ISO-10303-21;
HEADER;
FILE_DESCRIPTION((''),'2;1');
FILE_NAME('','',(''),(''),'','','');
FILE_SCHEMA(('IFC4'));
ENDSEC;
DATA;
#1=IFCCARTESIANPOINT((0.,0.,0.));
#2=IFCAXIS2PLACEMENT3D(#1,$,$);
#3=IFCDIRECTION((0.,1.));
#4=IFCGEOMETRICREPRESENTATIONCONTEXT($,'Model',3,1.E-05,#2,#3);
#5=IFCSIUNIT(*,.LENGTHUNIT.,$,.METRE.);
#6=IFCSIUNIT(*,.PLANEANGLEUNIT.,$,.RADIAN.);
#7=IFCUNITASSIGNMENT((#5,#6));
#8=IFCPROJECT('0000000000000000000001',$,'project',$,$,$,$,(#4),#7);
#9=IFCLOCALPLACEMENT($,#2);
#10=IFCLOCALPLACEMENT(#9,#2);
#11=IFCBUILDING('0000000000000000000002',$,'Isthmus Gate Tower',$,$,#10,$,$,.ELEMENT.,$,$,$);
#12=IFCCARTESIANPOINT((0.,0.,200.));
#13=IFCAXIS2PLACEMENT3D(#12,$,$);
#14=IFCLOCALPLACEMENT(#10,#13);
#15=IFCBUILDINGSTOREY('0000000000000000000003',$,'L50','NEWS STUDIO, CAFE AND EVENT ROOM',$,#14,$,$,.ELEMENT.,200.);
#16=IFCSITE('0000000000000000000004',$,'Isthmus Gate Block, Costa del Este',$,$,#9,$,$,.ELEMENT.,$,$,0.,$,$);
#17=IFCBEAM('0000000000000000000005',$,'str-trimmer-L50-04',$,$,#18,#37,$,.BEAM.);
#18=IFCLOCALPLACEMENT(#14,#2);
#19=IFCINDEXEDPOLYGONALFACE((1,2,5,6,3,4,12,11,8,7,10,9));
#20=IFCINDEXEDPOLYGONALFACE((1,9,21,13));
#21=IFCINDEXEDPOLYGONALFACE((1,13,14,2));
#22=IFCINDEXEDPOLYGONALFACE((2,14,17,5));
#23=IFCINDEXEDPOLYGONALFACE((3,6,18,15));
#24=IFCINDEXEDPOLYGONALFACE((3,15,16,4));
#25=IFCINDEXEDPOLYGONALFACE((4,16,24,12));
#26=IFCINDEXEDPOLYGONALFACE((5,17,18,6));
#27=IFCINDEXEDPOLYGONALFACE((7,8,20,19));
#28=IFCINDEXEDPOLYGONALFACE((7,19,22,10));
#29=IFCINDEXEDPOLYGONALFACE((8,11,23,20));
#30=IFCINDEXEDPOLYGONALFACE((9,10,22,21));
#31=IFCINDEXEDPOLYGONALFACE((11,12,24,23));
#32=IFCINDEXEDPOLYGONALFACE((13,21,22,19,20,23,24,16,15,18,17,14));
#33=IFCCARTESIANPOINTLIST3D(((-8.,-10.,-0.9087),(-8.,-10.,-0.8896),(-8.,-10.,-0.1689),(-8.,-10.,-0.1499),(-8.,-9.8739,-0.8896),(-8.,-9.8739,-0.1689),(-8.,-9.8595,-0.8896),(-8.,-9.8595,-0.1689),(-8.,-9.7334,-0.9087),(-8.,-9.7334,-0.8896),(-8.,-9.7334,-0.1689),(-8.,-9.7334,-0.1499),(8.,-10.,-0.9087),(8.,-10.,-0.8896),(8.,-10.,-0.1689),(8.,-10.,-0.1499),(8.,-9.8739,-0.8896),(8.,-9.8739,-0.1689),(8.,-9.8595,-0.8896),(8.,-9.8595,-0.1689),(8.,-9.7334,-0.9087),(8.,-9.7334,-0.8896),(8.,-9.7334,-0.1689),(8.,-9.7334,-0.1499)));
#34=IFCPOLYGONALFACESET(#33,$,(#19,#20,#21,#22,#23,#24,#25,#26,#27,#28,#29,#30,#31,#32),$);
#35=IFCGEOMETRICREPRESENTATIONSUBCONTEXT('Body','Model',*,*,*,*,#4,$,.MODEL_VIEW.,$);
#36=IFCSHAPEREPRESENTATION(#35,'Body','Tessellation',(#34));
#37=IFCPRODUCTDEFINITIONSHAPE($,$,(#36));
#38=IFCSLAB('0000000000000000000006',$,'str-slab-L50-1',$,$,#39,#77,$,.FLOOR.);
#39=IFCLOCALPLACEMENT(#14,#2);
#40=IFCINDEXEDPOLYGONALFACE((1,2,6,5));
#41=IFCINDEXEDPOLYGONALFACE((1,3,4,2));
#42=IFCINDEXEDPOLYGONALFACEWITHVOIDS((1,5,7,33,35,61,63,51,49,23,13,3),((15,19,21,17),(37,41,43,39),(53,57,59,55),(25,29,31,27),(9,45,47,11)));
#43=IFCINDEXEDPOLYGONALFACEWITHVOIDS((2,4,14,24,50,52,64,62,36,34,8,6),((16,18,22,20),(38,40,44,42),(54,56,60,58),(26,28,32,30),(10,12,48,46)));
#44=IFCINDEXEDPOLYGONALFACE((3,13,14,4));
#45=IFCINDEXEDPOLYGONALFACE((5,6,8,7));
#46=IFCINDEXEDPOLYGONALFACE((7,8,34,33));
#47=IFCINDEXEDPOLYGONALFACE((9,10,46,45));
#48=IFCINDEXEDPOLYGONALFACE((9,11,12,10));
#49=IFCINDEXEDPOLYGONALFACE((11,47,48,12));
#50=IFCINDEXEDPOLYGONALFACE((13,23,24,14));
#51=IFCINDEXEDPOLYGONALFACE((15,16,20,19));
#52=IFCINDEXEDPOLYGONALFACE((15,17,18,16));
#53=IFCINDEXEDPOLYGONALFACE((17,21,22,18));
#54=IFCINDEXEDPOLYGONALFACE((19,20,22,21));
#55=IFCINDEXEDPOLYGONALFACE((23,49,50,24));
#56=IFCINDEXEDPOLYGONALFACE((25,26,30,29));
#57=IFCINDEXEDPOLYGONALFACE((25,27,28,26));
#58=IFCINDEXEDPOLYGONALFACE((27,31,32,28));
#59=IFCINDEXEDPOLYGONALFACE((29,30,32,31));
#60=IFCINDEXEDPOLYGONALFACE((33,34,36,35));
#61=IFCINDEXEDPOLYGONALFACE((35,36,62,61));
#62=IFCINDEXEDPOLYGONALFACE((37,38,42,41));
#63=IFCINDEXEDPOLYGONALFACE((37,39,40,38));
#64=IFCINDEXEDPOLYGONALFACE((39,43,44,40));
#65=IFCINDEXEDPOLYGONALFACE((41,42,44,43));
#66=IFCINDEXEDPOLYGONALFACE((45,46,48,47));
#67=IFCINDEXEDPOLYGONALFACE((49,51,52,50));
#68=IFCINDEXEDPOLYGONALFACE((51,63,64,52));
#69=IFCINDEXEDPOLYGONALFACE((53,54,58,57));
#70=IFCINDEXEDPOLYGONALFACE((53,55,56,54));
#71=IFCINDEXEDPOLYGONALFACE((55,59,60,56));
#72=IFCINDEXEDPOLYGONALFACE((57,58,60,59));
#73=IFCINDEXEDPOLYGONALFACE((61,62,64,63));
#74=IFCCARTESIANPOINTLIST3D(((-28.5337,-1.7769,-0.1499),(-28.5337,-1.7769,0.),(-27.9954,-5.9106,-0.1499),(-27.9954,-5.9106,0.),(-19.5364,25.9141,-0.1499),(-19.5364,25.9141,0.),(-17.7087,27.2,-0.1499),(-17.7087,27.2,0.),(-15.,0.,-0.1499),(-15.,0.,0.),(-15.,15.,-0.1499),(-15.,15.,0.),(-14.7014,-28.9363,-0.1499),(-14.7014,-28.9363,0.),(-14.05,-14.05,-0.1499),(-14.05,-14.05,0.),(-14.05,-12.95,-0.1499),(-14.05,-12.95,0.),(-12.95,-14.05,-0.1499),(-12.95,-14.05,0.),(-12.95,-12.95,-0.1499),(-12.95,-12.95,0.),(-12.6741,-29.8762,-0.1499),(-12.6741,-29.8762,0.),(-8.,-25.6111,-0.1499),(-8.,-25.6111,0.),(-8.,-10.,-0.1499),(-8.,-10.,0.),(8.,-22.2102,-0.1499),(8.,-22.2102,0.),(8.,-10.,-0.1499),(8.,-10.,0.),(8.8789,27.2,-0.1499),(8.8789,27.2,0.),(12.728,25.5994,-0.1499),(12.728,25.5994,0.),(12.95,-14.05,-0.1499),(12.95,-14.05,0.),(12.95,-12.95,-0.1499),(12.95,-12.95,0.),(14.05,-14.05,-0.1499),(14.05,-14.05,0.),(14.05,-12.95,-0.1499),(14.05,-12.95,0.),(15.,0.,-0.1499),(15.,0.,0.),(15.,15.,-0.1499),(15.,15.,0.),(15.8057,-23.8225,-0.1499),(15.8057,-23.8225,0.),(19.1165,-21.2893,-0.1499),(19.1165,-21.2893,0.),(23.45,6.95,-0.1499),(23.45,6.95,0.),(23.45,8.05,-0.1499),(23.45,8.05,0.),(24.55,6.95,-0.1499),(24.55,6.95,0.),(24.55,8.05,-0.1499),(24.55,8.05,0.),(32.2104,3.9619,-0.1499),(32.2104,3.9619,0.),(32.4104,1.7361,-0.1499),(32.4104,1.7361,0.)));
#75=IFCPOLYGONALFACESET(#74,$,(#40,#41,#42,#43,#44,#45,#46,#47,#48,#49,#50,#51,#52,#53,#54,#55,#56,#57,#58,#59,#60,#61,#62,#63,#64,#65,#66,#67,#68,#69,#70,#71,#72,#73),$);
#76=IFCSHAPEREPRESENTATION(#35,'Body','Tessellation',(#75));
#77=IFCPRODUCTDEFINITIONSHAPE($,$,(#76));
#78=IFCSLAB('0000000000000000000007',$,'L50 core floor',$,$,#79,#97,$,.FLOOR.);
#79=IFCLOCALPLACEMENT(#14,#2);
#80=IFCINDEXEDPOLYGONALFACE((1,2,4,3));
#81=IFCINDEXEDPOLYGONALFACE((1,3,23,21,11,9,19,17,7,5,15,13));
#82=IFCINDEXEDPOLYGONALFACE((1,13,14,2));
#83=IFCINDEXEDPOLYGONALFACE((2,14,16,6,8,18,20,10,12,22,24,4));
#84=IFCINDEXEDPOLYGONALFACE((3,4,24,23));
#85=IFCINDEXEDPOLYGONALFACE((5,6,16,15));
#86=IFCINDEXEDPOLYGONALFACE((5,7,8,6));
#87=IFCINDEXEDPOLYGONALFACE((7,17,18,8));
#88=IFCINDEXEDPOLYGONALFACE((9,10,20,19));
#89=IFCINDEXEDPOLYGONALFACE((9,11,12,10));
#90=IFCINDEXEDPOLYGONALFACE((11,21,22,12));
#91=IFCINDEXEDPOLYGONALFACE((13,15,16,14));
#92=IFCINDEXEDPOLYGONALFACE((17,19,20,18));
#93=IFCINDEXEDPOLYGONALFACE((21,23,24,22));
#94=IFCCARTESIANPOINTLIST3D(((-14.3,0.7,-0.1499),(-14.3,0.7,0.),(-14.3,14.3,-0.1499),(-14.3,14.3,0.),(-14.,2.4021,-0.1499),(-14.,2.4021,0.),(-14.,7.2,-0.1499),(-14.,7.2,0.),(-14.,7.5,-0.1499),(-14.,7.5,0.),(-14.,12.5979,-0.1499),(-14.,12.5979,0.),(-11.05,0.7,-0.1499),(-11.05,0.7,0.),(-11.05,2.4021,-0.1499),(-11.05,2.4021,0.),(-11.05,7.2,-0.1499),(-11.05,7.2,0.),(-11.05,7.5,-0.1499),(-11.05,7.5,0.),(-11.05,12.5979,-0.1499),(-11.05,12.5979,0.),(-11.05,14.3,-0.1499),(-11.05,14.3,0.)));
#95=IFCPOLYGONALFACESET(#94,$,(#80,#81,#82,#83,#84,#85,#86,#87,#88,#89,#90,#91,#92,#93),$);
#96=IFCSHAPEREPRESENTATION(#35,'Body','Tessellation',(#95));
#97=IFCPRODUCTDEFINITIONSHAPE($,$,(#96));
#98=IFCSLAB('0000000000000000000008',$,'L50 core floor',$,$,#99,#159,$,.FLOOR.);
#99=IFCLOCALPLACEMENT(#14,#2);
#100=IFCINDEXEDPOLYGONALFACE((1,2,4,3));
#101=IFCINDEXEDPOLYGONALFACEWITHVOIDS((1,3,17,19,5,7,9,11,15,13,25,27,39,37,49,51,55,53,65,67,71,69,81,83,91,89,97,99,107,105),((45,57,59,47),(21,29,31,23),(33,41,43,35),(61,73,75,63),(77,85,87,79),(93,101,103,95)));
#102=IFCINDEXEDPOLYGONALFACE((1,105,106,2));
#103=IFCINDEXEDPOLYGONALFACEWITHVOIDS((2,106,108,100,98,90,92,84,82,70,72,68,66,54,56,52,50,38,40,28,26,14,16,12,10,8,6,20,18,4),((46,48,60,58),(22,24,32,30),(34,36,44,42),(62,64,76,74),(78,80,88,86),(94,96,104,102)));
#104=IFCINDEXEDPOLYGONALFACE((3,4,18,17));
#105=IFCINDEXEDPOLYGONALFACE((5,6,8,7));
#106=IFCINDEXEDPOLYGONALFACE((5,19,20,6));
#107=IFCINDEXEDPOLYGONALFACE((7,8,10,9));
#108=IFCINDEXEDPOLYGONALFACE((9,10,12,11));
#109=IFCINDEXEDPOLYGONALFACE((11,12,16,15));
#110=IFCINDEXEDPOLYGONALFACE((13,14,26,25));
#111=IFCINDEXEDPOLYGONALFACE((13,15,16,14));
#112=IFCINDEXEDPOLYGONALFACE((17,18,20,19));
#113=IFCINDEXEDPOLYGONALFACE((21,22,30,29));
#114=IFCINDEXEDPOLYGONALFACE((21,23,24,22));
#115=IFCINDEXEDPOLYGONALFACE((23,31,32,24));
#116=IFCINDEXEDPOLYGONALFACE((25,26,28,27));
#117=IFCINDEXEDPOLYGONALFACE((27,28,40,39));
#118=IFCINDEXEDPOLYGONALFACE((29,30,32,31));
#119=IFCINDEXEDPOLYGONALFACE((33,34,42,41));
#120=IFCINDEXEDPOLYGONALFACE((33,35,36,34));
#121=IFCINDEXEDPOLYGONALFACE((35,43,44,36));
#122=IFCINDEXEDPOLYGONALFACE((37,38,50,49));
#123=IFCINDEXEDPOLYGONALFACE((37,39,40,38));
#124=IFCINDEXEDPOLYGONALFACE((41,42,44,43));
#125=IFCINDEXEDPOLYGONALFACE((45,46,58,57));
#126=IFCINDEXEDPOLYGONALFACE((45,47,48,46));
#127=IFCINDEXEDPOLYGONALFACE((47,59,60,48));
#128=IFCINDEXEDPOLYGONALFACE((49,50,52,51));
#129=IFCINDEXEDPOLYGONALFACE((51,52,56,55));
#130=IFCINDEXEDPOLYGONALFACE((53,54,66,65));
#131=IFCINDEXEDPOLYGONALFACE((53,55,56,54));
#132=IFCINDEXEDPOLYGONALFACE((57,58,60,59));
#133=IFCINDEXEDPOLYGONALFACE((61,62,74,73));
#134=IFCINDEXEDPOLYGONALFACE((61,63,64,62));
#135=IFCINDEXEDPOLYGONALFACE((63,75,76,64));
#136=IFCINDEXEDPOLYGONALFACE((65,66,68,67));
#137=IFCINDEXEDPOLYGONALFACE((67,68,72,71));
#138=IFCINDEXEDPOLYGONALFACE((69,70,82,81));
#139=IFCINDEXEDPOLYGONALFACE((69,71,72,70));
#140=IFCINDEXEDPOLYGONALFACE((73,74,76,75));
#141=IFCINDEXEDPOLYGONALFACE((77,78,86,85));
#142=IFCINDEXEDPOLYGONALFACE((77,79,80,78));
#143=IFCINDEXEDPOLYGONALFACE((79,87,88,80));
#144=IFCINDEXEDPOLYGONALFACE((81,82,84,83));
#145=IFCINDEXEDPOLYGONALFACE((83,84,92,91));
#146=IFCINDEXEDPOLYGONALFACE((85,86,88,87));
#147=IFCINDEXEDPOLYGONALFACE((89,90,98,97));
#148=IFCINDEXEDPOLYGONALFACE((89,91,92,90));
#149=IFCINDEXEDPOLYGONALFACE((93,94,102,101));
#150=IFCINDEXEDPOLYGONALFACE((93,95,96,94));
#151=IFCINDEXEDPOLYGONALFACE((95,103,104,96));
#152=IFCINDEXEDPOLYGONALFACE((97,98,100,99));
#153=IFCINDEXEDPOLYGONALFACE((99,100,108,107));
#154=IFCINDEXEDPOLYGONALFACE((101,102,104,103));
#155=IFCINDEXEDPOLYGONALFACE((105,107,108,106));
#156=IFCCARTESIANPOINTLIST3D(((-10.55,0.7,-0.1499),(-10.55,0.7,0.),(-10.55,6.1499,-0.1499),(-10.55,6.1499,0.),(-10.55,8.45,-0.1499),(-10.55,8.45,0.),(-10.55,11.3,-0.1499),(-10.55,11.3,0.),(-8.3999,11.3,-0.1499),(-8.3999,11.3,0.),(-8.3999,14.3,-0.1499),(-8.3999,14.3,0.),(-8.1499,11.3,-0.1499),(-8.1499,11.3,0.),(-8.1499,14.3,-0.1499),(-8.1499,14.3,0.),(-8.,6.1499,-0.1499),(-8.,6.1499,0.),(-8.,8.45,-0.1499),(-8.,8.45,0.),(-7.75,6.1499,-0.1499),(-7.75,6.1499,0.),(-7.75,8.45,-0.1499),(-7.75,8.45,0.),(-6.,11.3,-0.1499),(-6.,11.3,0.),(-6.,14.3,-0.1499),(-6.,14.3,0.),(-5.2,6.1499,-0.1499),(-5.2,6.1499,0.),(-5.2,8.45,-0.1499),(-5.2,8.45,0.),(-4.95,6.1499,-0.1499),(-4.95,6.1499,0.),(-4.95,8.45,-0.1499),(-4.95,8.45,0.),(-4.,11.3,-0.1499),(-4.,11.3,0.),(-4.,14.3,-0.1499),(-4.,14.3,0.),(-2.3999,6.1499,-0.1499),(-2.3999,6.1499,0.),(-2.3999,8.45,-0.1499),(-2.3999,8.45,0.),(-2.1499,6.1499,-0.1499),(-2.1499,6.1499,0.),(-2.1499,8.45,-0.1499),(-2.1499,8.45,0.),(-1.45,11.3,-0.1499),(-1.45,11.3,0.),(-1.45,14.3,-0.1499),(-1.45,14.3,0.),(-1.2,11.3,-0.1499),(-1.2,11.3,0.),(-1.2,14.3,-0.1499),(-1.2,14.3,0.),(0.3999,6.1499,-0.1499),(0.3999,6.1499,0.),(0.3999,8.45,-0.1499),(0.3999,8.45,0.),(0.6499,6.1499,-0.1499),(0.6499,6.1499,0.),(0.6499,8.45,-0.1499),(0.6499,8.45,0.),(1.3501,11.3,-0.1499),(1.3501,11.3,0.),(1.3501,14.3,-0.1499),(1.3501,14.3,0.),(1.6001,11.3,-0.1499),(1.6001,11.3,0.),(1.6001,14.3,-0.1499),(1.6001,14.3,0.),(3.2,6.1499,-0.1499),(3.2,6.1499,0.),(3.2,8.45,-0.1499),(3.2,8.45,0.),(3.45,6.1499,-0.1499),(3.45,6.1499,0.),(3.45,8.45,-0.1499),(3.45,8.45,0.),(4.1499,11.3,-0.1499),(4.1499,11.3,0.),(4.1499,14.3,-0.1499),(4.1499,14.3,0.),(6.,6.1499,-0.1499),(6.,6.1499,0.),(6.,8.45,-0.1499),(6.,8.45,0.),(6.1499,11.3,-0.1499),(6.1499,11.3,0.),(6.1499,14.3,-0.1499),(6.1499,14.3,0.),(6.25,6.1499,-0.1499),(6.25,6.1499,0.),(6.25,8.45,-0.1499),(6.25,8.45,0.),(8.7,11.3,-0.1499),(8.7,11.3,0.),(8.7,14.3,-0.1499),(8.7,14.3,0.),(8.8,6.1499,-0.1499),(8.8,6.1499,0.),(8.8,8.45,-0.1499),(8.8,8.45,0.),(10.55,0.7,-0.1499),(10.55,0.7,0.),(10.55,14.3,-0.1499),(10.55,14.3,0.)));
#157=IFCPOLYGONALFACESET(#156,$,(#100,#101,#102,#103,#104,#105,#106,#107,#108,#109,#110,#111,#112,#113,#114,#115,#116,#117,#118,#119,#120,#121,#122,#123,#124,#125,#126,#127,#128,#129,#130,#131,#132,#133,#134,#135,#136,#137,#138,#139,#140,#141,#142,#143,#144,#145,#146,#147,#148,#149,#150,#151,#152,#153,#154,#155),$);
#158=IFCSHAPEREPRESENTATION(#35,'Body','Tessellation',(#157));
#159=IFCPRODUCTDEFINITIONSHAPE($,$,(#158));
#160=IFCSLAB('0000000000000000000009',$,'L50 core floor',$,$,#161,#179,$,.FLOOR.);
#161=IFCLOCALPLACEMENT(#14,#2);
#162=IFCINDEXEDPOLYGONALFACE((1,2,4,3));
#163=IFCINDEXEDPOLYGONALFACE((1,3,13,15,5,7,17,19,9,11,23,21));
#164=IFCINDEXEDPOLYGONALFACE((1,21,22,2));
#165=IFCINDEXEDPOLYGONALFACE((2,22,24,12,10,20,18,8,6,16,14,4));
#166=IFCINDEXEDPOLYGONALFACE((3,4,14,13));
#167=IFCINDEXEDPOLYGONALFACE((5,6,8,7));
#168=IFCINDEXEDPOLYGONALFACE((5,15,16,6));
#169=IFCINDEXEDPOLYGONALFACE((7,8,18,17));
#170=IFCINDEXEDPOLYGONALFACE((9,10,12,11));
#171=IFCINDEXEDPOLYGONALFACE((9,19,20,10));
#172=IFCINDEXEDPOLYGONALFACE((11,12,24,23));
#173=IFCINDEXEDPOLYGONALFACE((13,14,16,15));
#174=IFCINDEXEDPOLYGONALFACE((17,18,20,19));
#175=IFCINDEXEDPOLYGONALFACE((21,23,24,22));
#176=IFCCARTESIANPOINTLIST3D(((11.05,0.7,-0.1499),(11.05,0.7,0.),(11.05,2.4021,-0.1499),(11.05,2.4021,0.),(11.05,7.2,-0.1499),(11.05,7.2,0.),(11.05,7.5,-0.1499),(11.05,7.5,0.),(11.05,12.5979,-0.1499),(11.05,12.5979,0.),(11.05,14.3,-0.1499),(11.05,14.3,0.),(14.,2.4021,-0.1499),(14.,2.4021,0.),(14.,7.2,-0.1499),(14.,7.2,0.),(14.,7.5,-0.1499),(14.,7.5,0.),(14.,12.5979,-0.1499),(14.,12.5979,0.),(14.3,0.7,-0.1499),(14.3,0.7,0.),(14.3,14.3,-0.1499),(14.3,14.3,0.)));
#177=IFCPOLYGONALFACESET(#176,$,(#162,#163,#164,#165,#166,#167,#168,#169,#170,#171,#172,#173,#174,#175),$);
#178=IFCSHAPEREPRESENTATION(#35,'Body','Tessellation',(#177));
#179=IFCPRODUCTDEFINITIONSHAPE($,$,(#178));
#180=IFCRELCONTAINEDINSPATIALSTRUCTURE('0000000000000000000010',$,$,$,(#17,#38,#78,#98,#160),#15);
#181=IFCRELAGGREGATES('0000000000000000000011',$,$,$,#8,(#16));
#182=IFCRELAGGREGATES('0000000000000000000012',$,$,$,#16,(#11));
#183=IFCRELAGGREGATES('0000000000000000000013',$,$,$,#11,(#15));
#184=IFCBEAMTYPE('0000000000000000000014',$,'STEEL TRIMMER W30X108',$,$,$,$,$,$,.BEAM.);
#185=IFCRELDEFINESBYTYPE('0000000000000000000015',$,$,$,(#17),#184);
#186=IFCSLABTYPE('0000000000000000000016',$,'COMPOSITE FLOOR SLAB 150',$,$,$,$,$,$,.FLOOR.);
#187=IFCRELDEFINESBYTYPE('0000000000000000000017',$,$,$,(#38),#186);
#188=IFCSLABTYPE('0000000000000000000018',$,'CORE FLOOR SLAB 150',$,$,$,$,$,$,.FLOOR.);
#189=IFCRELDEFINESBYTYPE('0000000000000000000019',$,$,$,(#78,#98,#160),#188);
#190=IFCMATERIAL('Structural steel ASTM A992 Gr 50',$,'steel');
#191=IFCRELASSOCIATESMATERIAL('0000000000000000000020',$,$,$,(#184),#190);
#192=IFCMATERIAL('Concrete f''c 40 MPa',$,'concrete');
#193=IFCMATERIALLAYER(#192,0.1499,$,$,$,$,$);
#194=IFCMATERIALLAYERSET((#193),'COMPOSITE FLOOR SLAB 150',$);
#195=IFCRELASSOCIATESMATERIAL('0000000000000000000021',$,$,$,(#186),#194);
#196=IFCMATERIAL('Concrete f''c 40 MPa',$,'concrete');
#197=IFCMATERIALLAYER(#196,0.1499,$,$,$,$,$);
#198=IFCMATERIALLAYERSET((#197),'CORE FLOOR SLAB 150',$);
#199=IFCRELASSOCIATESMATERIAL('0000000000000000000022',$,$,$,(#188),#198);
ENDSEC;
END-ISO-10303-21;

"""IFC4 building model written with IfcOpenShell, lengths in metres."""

from ifc_helpers import new_model, si_unit, direction, frame, origin, origin_2d, place, context, subcontext, project, spatial, polyline, i_section, outline, extrude, material, layer, layer_set, material_profile, profile_set, type_object, element, save


model = new_model("IFC4")

# Units and contexts
model_context = context("Model", 3, precision=1e-05, world=origin(), true_north=direction((0.0, 1.0)))
body_context = subcontext(model_context, "Body", "Model", "MODEL_VIEW")
ifc_project = project(units=[si_unit("LENGTHUNIT", "METRE"), si_unit("PLANEANGLEUNIT", "RADIAN")], contexts=[model_context])

# Site, building, storey
site_placement = place(None, origin())
site = spatial("IfcSite", under=ifc_project, at=site_placement, Name="Isthmus Gate Block, Costa del Este", CompositionType="ELEMENT", RefElevation=0.0)
building_placement = place(site_placement, origin())
building = spatial("IfcBuilding", under=site, at=building_placement, Name="Isthmus Gate Tower", CompositionType="ELEMENT")
storey_placement = place(building_placement, frame((0.0, 0.0, 200.0)))
storey = spatial("IfcBuildingStorey", under=building, at=storey_placement, Name="L50", Description="NEWS STUDIO, CAFE AND EVENT ROOM", CompositionType="ELEMENT", Elevation=200.0)

# Beam
ifc_material_1 = material(Name="Structural steel ASTM A992 Gr 50", Category="steel")
ifc_material_profile_1 = material_profile(ifc_material_1, i_section(OverallWidth=0.2666, OverallDepth=0.7588, WebThickness=0.0144, FlangeThickness=0.019, at=origin_2d()), Name="W30X108")
ifc_profile_set_1 = profile_set([ifc_material_profile_1], Name="Structural steel ASTM A992 Gr 50")
beam_type_1 = type_object("IfcBeamType", Name="STEEL TRIMMER W30X108", PredefinedType="BEAM", material=ifc_profile_set_1)
beam_1_placement = place(storey_placement, frame((8.0, -9.8667, -0.5293), z_axis=(-1.0, 0.0, 0.0), x_axis=(0.0, -1.0, 0.0)))
element("IfcBeam", 1, at=beam_1_placement, inside=storey, type_object=beam_type_1, Name="str-trimmer-L50-04", PredefinedType="BEAM", context=body_context, shape_type="SweptSolid", body=[
    extrude(i_section(OverallWidth=0.2666, OverallDepth=0.7588, WebThickness=0.0144, FlangeThickness=0.019, at=origin_2d()), origin(), (0.0, 0.0, 1.0), 16.0),
])

# Slabs
ifc_material_2 = material(Name="Concrete f'c 40 MPa", Category="concrete")
ifc_layer_1 = layer(ifc_material_2, 0.1499)
ifc_layer_set_1 = layer_set([ifc_layer_1], Name="COMPOSITE FLOOR SLAB 150")
slab_type_1 = type_object("IfcSlabType", Name="COMPOSITE FLOOR SLAB 150", PredefinedType="FLOOR", material=ifc_layer_set_1)
slab_1_placement = place(storey_placement, frame((0.0, 0.0, -0.1499)))
element("IfcSlab", 2, at=slab_1_placement, inside=storey, type_object=slab_type_1, Name="str-slab-L50-1", PredefinedType="FLOOR", context=body_context, shape_type="SweptSolid", body=[
    extrude(outline(polyline([(12.728, 25.5994), (32.2104, 3.9619), (32.4104, 1.7361), (19.1165, -21.2893), (15.8057, -23.8225), (-12.6741, -29.8762), (-14.7014, -28.9363), (-27.9954, -5.9106), (-28.5337, -1.7769), (-19.5364, 25.9141), (-17.7087, 27.2), (8.8789, 27.2), (12.728, 25.5994)]), holes=[polyline([(-8.0, -10.0), (-8.0, -25.6111), (8.0, -22.2102), (8.0, -10.0), (-8.0, -10.0)]), polyline([(-14.05, -12.95), (-14.05, -14.05), (-12.95, -14.05), (-12.95, -12.95), (-14.05, -12.95)]), polyline([(14.05, -12.95), (12.95, -12.95), (12.95, -14.05), (14.05, -14.05), (14.05, -12.95)]), polyline([(-15.0, 15.0), (-15.0, 0.0), (15.0, 0.0), (15.0, 15.0), (-15.0, 15.0)]), polyline([(24.55, 6.95), (24.55, 8.05), (23.45, 8.05), (23.45, 6.95), (24.55, 6.95)])]), origin(), (0.0, 0.0, 1.0), 0.1499),
])
ifc_material_3 = material(Name="Concrete f'c 40 MPa", Category="concrete")
ifc_layer_2 = layer(ifc_material_3, 0.1499)
ifc_layer_set_2 = layer_set([ifc_layer_2], Name="CORE FLOOR SLAB 150")
slab_type_2 = type_object("IfcSlabType", Name="CORE FLOOR SLAB 150", PredefinedType="FLOOR", material=ifc_layer_set_2)
slab_2_placement = place(storey_placement, frame((0.0, 0.0, -0.1499)))
element("IfcSlab", 3, at=slab_2_placement, inside=storey, type_object=slab_type_2, Name="L50 core floor", PredefinedType="FLOOR", context=body_context, shape_type="SweptSolid", body=[
    extrude(outline(polyline([(-11.05, 0.7), (-11.05, 2.4021), (-14.0, 2.4021), (-14.0, 7.2), (-11.05, 7.2), (-11.05, 7.5), (-14.0, 7.5), (-14.0, 12.5979), (-11.05, 12.5979), (-11.05, 14.3), (-14.3, 14.3), (-14.3, 0.7), (-11.05, 0.7)])), origin(), (0.0, 0.0, 1.0), 0.1499),
])
slab_3_placement = place(storey_placement, frame((0.0, 0.0, -0.1499)))
element("IfcSlab", 4, at=slab_3_placement, inside=storey, type_object=slab_type_2, Name="L50 core floor", PredefinedType="FLOOR", context=body_context, shape_type="SweptSolid", body=[
    extrude(outline(polyline([(10.55, 14.3), (8.7, 14.3), (8.7, 11.3), (6.1499, 11.3), (6.1499, 14.3), (4.1499, 14.3), (4.1499, 11.3), (1.6001, 11.3), (1.6001, 14.3), (1.3501, 14.3), (1.3501, 11.3), (-1.2, 11.3), (-1.2, 14.3), (-1.45, 14.3), (-1.45, 11.3), (-4.0, 11.3), (-4.0, 14.3), (-6.0, 14.3), (-6.0, 11.3), (-8.1499, 11.3), (-8.1499, 14.3), (-8.3999, 14.3), (-8.3999, 11.3), (-10.55, 11.3), (-10.55, 8.45), (-8.0, 8.45), (-8.0, 6.1499), (-10.55, 6.1499), (-10.55, 0.7), (10.55, 0.7), (10.55, 14.3)]), holes=[polyline([(-5.2, 8.45), (-5.2, 6.1499), (-7.75, 6.1499), (-7.75, 8.45), (-5.2, 8.45)]), polyline([(-2.3999, 8.45), (-2.3999, 6.1499), (-4.95, 6.1499), (-4.95, 8.45), (-2.3999, 8.45)]), polyline([(0.3999, 8.45), (0.3999, 6.1499), (-2.1499, 6.1499), (-2.1499, 8.45), (0.3999, 8.45)]), polyline([(3.2, 8.45), (3.2, 6.1499), (0.6499, 6.1499), (0.6499, 8.45), (3.2, 8.45)]), polyline([(6.0, 8.45), (6.0, 6.1499), (3.45, 6.1499), (3.45, 8.45), (6.0, 8.45)]), polyline([(8.8, 8.45), (8.8, 6.1499), (6.25, 6.1499), (6.25, 8.45), (8.8, 8.45)])]), origin(), (0.0, 0.0, 1.0), 0.1499),
])
slab_4_placement = place(storey_placement, frame((0.0, 0.0, -0.1499)))
element("IfcSlab", 5, at=slab_4_placement, inside=storey, type_object=slab_type_2, Name="L50 core floor", PredefinedType="FLOOR", context=body_context, shape_type="SweptSolid", body=[
    extrude(outline(polyline([(11.05, 14.3), (11.05, 12.5979), (14.0, 12.5979), (14.0, 7.5), (11.05, 7.5), (11.05, 7.2), (14.0, 7.2), (14.0, 2.4021), (11.05, 2.4021), (11.05, 0.7), (14.3, 0.7), (14.3, 14.3), (11.05, 14.3)])), origin(), (0.0, 0.0, 1.0), 0.1499),
])

save(model, "model.ifc")
